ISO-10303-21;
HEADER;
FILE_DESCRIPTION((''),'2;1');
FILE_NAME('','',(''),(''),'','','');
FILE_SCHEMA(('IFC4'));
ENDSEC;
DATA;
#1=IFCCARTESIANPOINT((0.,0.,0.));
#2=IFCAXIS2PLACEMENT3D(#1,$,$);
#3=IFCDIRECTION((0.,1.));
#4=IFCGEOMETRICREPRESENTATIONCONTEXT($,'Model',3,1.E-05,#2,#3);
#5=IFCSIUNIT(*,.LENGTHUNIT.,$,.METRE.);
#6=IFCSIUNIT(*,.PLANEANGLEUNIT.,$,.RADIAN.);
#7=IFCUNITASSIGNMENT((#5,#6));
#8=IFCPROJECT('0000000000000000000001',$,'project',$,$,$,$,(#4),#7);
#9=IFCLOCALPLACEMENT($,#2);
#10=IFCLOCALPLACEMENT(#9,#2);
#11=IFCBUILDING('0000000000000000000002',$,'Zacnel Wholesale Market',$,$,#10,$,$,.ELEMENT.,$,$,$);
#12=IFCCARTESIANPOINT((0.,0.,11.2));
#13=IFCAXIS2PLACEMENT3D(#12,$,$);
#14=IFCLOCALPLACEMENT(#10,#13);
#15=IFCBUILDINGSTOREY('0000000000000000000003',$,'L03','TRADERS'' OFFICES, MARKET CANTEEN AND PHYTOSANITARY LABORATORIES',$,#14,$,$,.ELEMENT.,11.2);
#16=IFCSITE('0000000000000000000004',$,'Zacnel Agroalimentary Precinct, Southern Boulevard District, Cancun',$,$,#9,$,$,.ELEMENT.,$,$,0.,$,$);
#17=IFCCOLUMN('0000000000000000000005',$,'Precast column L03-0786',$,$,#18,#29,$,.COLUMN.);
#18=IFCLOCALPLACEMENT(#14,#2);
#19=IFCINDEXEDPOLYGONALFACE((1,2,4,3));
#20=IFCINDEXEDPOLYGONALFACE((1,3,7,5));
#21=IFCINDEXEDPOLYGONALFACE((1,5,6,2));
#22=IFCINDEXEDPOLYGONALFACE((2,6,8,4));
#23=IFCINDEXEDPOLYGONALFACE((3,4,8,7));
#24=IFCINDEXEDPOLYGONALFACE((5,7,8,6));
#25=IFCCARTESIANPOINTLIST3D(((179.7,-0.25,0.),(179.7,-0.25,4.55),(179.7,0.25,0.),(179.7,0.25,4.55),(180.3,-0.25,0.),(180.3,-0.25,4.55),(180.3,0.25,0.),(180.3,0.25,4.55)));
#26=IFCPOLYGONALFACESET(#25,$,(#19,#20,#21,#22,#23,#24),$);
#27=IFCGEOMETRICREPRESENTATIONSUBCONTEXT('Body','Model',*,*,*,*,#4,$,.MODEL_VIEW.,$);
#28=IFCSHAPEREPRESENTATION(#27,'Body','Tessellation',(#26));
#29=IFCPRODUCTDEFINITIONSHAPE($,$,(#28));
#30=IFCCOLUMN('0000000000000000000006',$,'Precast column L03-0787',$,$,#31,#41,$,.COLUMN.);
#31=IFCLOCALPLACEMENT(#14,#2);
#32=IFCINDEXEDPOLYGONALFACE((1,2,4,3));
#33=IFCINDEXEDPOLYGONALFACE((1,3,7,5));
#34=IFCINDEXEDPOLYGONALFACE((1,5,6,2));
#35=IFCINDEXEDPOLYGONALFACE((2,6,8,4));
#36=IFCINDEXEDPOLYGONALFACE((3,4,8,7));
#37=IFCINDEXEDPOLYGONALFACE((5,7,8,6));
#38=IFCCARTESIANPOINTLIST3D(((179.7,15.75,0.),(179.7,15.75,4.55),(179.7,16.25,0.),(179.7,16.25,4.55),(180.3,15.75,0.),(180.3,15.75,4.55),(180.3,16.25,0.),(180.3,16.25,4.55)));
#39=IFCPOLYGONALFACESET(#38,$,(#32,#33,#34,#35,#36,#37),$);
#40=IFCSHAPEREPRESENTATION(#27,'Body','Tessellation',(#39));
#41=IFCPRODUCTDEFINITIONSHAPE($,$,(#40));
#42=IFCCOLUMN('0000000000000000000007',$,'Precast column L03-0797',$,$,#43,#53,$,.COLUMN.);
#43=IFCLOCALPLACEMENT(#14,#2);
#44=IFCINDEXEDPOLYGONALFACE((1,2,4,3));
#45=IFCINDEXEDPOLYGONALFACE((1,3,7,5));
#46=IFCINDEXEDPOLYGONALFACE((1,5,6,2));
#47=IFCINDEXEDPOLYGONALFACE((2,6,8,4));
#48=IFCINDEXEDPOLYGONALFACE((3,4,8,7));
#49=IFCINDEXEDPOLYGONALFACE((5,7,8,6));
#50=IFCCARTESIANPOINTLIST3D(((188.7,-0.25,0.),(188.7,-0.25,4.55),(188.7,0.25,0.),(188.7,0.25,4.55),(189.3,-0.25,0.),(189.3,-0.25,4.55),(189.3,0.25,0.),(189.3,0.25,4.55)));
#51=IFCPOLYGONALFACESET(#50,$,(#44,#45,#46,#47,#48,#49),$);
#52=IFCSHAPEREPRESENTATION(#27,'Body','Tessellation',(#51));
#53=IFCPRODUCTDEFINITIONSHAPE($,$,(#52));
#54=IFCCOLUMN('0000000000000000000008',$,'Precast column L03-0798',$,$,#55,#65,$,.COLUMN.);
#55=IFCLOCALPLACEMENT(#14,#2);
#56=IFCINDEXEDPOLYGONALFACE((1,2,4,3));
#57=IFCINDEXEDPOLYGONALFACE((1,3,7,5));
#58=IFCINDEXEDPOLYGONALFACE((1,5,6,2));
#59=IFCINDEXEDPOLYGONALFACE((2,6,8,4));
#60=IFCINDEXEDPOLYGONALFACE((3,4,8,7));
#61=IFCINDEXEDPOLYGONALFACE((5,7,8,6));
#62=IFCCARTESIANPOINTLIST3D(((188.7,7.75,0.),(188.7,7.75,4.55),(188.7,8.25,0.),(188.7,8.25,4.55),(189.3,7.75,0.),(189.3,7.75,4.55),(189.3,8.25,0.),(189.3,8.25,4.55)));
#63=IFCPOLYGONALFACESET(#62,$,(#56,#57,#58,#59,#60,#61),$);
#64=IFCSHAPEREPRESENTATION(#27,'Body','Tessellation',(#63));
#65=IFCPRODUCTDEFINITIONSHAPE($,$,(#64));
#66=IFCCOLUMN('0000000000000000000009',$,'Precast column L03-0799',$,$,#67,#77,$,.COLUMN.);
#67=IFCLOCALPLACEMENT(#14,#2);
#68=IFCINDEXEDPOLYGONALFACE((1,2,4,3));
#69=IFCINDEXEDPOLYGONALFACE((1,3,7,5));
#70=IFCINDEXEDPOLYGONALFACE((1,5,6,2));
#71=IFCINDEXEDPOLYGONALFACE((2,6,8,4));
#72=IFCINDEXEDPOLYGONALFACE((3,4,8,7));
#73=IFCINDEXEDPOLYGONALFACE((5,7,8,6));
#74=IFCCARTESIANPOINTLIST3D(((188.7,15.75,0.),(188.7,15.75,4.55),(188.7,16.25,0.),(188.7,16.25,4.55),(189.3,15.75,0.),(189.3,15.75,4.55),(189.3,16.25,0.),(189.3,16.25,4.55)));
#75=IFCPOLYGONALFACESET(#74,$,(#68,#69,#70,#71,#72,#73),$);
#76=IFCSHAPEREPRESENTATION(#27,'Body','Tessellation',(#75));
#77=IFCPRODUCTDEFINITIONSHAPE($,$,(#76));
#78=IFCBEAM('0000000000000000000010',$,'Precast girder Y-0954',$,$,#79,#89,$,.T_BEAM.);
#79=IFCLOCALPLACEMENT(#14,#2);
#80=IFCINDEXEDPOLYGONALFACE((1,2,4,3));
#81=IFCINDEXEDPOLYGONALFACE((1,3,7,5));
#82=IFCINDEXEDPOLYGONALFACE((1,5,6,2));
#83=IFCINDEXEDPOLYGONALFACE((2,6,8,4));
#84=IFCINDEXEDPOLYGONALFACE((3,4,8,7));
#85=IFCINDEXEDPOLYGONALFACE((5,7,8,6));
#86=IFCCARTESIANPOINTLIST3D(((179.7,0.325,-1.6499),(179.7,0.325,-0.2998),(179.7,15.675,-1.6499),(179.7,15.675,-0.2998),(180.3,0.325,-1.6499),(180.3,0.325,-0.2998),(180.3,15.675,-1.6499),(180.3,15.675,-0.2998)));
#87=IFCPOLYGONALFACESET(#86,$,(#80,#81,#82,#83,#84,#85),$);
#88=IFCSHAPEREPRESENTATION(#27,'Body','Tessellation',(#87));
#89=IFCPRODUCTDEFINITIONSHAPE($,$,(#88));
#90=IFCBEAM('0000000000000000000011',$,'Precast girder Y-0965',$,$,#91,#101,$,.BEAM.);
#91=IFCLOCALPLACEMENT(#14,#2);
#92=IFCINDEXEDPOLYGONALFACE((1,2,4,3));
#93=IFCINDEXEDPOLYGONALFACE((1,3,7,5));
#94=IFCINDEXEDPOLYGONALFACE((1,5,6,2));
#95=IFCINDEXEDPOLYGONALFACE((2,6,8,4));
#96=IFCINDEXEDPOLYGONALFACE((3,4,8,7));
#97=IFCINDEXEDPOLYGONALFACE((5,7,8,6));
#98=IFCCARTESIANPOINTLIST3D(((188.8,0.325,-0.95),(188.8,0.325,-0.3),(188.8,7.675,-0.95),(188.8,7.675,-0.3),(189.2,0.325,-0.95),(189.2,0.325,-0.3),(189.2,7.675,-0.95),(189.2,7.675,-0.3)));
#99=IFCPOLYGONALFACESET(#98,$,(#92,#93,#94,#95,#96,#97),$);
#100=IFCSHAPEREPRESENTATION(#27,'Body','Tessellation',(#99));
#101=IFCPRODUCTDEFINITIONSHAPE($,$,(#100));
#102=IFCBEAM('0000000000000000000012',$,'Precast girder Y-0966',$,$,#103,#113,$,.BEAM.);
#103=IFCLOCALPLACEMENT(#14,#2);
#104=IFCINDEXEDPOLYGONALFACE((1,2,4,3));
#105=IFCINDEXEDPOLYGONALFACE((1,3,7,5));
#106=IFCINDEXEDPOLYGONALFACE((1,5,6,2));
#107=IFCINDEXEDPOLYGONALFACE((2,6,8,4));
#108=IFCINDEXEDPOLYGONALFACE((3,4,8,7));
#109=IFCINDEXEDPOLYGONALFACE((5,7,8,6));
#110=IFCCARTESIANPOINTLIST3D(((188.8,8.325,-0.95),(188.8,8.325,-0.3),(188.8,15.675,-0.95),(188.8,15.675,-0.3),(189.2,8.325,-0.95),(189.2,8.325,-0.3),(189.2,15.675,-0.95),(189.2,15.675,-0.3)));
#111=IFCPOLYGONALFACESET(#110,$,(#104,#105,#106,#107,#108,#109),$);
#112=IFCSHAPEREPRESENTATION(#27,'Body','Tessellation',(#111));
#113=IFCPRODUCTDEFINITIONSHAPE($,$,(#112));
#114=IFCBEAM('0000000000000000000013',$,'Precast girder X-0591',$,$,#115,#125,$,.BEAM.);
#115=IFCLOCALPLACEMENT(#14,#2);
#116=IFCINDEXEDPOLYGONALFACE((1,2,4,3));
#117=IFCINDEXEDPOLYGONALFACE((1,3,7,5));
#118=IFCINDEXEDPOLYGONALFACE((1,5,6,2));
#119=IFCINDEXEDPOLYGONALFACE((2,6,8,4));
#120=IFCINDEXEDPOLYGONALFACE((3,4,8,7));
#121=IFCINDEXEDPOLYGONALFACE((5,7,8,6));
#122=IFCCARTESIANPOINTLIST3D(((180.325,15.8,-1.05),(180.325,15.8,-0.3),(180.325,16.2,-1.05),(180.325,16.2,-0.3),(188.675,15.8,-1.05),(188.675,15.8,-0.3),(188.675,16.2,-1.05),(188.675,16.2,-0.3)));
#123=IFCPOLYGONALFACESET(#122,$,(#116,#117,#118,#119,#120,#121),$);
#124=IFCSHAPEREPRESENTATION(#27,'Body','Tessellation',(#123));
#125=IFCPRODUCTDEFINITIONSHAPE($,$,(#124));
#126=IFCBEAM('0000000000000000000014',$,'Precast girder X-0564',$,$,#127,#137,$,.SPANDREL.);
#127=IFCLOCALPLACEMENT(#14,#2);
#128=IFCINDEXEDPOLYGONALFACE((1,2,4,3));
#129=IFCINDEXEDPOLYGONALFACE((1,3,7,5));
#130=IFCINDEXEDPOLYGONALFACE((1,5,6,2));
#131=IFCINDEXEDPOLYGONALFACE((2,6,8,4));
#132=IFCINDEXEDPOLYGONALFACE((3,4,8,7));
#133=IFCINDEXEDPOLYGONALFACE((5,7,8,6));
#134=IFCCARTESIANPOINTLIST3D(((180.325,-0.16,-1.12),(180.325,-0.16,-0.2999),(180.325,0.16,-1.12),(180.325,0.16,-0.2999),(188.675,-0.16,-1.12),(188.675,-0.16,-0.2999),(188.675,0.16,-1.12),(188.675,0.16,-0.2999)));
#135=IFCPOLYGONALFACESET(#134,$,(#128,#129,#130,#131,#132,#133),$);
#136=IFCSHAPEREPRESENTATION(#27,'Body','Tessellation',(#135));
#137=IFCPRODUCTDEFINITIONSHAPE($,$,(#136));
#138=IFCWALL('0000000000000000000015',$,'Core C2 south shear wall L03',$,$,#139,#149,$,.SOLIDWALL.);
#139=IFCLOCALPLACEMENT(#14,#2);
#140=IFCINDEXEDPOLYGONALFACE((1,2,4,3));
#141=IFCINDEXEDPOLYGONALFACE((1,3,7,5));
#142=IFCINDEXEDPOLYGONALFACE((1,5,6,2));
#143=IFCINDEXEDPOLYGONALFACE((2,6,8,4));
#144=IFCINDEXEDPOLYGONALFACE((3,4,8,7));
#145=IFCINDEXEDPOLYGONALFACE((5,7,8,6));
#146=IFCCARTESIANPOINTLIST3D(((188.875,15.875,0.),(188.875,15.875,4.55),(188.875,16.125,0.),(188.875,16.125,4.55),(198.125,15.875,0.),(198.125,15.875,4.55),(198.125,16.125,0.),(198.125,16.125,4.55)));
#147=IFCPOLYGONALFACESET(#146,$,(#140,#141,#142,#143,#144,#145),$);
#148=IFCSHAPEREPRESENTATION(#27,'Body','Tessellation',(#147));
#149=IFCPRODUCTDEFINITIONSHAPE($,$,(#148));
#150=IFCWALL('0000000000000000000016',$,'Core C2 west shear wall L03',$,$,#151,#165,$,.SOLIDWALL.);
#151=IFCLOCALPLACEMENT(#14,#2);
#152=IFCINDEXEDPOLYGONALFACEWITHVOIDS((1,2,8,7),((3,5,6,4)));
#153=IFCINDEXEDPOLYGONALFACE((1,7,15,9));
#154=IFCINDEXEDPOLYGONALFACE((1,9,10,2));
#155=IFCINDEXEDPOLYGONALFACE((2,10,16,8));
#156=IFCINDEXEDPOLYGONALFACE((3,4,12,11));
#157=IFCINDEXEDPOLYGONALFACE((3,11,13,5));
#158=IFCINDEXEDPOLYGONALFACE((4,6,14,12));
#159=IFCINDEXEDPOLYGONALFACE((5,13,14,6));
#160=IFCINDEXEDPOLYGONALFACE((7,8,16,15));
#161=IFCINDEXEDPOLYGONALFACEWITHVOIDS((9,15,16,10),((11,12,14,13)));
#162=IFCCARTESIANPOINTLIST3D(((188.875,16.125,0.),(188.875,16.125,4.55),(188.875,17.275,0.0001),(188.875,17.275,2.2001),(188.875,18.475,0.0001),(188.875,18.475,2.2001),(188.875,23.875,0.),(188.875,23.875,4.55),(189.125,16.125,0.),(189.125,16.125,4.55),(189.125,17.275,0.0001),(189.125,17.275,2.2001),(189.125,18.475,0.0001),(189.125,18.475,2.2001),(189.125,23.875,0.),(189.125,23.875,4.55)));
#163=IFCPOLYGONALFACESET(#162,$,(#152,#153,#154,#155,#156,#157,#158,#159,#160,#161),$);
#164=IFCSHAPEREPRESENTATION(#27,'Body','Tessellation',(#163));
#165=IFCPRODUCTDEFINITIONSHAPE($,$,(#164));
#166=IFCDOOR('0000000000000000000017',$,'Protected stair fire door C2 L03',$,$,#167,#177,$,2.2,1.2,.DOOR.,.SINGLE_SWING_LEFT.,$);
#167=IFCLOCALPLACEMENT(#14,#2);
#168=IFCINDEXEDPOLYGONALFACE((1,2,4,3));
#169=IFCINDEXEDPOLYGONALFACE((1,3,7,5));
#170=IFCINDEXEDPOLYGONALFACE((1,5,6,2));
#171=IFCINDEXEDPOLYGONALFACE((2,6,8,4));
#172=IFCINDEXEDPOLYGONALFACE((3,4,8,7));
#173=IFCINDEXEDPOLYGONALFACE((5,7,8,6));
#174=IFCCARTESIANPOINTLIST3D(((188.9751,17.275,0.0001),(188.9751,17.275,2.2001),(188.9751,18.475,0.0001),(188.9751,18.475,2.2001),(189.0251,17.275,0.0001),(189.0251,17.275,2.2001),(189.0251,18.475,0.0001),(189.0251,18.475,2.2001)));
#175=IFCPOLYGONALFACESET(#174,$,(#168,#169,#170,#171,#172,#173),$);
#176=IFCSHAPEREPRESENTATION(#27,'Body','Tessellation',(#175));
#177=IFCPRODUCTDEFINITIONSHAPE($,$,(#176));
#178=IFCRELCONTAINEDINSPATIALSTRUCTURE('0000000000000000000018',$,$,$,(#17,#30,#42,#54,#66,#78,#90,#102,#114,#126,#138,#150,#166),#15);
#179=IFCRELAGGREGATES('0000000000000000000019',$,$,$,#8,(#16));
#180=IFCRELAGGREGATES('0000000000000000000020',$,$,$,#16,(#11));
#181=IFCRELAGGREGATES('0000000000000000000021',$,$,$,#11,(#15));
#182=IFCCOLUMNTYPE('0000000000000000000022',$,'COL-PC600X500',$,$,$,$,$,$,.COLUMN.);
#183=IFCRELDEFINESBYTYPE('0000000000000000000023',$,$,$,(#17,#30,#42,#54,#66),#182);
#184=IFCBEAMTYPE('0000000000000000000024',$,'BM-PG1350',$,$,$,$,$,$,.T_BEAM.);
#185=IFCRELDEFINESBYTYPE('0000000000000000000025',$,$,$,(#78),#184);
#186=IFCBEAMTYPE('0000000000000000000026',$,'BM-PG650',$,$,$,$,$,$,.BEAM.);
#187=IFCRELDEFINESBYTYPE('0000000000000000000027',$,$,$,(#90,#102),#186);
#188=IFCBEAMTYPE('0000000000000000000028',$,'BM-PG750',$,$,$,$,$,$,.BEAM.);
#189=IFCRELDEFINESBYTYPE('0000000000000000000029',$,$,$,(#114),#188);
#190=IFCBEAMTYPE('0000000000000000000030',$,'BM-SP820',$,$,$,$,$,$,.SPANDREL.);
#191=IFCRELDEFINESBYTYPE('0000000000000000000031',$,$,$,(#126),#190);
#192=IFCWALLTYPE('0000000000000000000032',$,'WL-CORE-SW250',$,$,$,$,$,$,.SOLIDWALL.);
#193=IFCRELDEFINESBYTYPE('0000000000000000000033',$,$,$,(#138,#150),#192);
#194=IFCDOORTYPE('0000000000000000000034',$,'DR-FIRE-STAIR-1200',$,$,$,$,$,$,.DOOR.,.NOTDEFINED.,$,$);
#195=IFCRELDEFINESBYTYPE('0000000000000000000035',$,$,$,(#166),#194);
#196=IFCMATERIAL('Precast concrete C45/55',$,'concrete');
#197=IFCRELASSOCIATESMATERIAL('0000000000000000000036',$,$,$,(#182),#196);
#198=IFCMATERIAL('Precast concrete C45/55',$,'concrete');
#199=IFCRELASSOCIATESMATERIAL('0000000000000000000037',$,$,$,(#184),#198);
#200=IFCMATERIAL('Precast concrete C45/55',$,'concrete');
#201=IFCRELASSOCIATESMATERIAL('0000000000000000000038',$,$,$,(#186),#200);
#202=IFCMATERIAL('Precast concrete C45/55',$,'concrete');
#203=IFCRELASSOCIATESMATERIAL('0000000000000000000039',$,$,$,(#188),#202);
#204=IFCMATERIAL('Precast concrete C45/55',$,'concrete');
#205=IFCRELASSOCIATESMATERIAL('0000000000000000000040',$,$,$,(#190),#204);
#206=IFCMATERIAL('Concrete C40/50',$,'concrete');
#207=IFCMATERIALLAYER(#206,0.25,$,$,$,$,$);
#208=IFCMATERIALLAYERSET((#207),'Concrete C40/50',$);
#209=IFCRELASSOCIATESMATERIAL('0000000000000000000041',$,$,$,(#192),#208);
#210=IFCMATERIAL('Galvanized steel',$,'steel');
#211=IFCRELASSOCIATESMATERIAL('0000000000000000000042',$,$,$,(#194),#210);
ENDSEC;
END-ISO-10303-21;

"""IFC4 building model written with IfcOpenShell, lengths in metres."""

from ifc_helpers import new_model, si_unit, direction, frame, frame_2d, origin, origin_2d, place, context, subcontext, project, spatial, rectangle, extrude, material, layer, layer_set, material_profile, profile_set, type_object, element, fill, save


model = new_model("IFC4")

# Units and contexts
model_context = context("Model", 3, precision=1e-05, world=origin(), true_north=direction((0.0, 1.0)))
body_context = subcontext(model_context, "Body", "Model", "MODEL_VIEW")
ifc_project = project(units=[si_unit("LENGTHUNIT", "METRE"), si_unit("PLANEANGLEUNIT", "RADIAN")], contexts=[model_context])

# Site, building, storey
site_placement = place(None, origin())
site = spatial("IfcSite", under=ifc_project, at=site_placement, Name="Zacnel Agroalimentary Precinct, Southern Boulevard District, Cancun", CompositionType="ELEMENT", RefElevation=0.0)
building_placement = place(site_placement, origin())
building = spatial("IfcBuilding", under=site, at=building_placement, Name="Zacnel Wholesale Market", CompositionType="ELEMENT")
storey_placement = place(building_placement, frame((0.0, 0.0, 11.2)))
storey = spatial("IfcBuildingStorey", under=building, at=storey_placement, Name="L03", Description="TRADERS' OFFICES, MARKET CANTEEN AND PHYTOSANITARY LABORATORIES", CompositionType="ELEMENT", Elevation=11.2)

# Columns
ifc_material_1 = material(Name="Precast concrete C45/55", Category="concrete")
ifc_material_profile_1 = material_profile(ifc_material_1, rectangle(XDim=0.6001, YDim=0.5, at=origin_2d()), Name="PC 600x500")
ifc_profile_set_1 = profile_set([ifc_material_profile_1], Name="Precast concrete C45/55")
column_type = type_object("IfcColumnType", Name="COL-PC600X500", PredefinedType="COLUMN", material=ifc_profile_set_1)
for number, where, z_axis, x_axis, name in (
    (1, (180.0, 0.0, 0.0), (0.0, 0.0, 1.0), (1.0, 0.0, 0.0), "Precast column L03-0786"),
    (2, (180.0, 16.0, 0.0), (0.0, 0.0, 1.0), (1.0, 0.0, 0.0), "Precast column L03-0787"),
    (3, (189.0, 0.0, 0.0), (0.0, 0.0, 1.0), (1.0, 0.0, 0.0), "Precast column L03-0797"),
    (4, (189.0, 8.0, 0.0), (0.0, 0.0, 1.0), (1.0, 0.0, 0.0), "Precast column L03-0798"),
    (5, (189.0, 16.0, 0.0), (0.0, 0.0, 1.0), (1.0, 0.0, 0.0), "Precast column L03-0799"),
):
    element("IfcColumn", number, at=place(storey_placement, frame(where, z_axis=z_axis, x_axis=x_axis)), inside=storey, type_object=column_type, Name=name, PredefinedType="COLUMN", context=body_context, shape_type="SweptSolid", body=[
        extrude(rectangle(XDim=0.6001, YDim=0.5, at=origin_2d()), origin(), (0.0, 0.0, 1.0), 4.55),
    ])

# Beams
ifc_material_2 = material(Name="Precast concrete C45/55", Category="concrete")
ifc_material_profile_2 = material_profile(ifc_material_2, rectangle(XDim=0.6001, YDim=1.3501, at=origin_2d()), Name="PG 600x1350")
ifc_profile_set_2 = profile_set([ifc_material_profile_2], Name="Precast concrete C45/55")
beam_type_1 = type_object("IfcBeamType", Name="BM-PG1350", PredefinedType="T_BEAM", material=ifc_profile_set_2)
beam_1_placement = place(storey_placement, frame((180.0, 0.325, -0.9749), z_axis=(0.0, 1.0, 0.0), x_axis=(-1.0, 0.0, 0.0)))
element("IfcBeam", 6, at=beam_1_placement, inside=storey, type_object=beam_type_1, Name="Precast girder Y-0954", PredefinedType="T_BEAM", context=body_context, shape_type="SweptSolid", body=[
    extrude(rectangle(XDim=0.6001, YDim=1.3501, at=origin_2d()), origin(), (0.0, 0.0, 1.0), 15.3501),
])
ifc_material_3 = material(Name="Precast concrete C45/55", Category="concrete")
ifc_material_profile_3 = material_profile(ifc_material_3, rectangle(XDim=0.3999, YDim=0.6499, at=origin_2d()), Name="PG 400x650")
ifc_profile_set_3 = profile_set([ifc_material_profile_3], Name="Precast concrete C45/55")
beam_type_2 = type_object("IfcBeamType", Name="BM-PG650", PredefinedType="BEAM", material=ifc_profile_set_3)
for number, where, z_axis, x_axis, name in (
    (7, (189.0, 0.325, -0.625), (0.0, 1.0, 0.0), (-1.0, 0.0, 0.0), "Precast girder Y-0965"),
    (8, (189.0, 8.325, -0.625), (0.0, 1.0, 0.0), (-1.0, 0.0, 0.0), "Precast girder Y-0966"),
):
    element("IfcBeam", number, at=place(storey_placement, frame(where, z_axis=z_axis, x_axis=x_axis)), inside=storey, type_object=beam_type_2, Name=name, PredefinedType="BEAM", context=body_context, shape_type="SweptSolid", body=[
        extrude(rectangle(XDim=0.3999, YDim=0.6499, at=origin_2d()), origin(), (0.0, 0.0, 1.0), 7.3501),
    ])
ifc_material_4 = material(Name="Precast concrete C45/55", Category="concrete")
ifc_material_profile_4 = material_profile(ifc_material_4, rectangle(XDim=0.3999, YDim=0.75, at=origin_2d()), Name="PG 400x750")
ifc_profile_set_4 = profile_set([ifc_material_profile_4], Name="Precast concrete C45/55")
beam_type_3 = type_object("IfcBeamType", Name="BM-PG750", PredefinedType="BEAM", material=ifc_profile_set_4)
beam_2_placement = place(storey_placement, frame((180.325, 16.0, -0.675), z_axis=(1.0, 0.0, 0.0), x_axis=(0.0, 1.0, 0.0)))
element("IfcBeam", 9, at=beam_2_placement, inside=storey, type_object=beam_type_3, Name="Precast girder X-0591", PredefinedType="BEAM", context=body_context, shape_type="SweptSolid", body=[
    extrude(rectangle(XDim=0.3999, YDim=0.75, at=origin_2d()), origin(), (0.0, 0.0, 1.0), 8.3501),
])
ifc_material_5 = material(Name="Precast concrete C45/55", Category="concrete")
ifc_material_profile_5 = material_profile(ifc_material_5, rectangle(XDim=0.3201, YDim=0.8201, at=origin_2d()), Name="SP 320x820")
ifc_profile_set_5 = profile_set([ifc_material_profile_5], Name="Precast concrete C45/55")
beam_type_4 = type_object("IfcBeamType", Name="BM-SP820", PredefinedType="SPANDREL", material=ifc_profile_set_5)
beam_3_placement = place(storey_placement, frame((180.325, 0.0, -0.71), z_axis=(1.0, 0.0, 0.0), x_axis=(0.0, 1.0, 0.0)))
element("IfcBeam", 10, at=beam_3_placement, inside=storey, type_object=beam_type_4, Name="Precast girder X-0564", PredefinedType="SPANDREL", context=body_context, shape_type="SweptSolid", body=[
    extrude(rectangle(XDim=0.3201, YDim=0.8201, at=origin_2d()), origin(), (0.0, 0.0, 1.0), 8.3501),
])

# Wall
ifc_material_6 = material(Name="Concrete C40/50", Category="concrete")
ifc_layer_1 = layer(ifc_material_6, 0.25)
ifc_layer_set_1 = layer_set([ifc_layer_1], Name="Concrete C40/50")
wall_type_1 = type_object("IfcWallType", Name="WL-CORE-SW250", PredefinedType="SOLIDWALL", material=ifc_layer_set_1)
wall_1_placement = place(storey_placement, frame((188.875, 16.0, 0.0), z_axis=(0.0, 0.0, 1.0), x_axis=(1.0, 0.0, 0.0)))
element("IfcWall", 11, at=wall_1_placement, inside=storey, type_object=wall_type_1, Name="Core C2 south shear wall L03", PredefinedType="SOLIDWALL", context=body_context, shape_type="SweptSolid", body=[
    extrude(rectangle(XDim=9.25, YDim=0.25, at=frame_2d((4.625, 0.0))), origin(), (0.0, 0.0, 1.0), 4.55),
])

# Wall, opening, door
wall_2_placement = place(storey_placement, frame((189.0, 16.125, 0.0), z_axis=(0.0, 0.0, 1.0), x_axis=(0.0, 1.0, 0.0)))
wall_2 = element("IfcWall", 12, at=wall_2_placement, inside=storey, type_object=wall_type_1, Name="Core C2 west shear wall L03", PredefinedType="SOLIDWALL", context=body_context, shape_type="SweptSolid", body=[
    extrude(rectangle(XDim=7.75, YDim=0.25, at=frame_2d((3.875, 0.0))), origin(), (0.0, 0.0, 1.0), 4.55),
])
opening_1_placement = place(wall_2_placement, frame((1.1499, 0.0, 0.0)))
opening_1 = element("IfcOpeningElement", 13, at=opening_1_placement, cuts=wall_2, PredefinedType="OPENING", context=body_context, shape_type="SweptSolid", body=[
    extrude(rectangle(XDim=1.2, YDim=2.2, at=frame_2d((0.6001, 1.1001))), frame((0.0, 0.135, 0.0), z_axis=(0.0, -1.0, 0.0), x_axis=(1.0, 0.0, 0.0)), (0.0, 0.0, 1.0), 0.27),
])
ifc_material_7 = material(Name="Galvanized steel", Category="steel")
door_type_1 = type_object("IfcDoorType", Name="DR-FIRE-STAIR-1200", OperationType="NOTDEFINED", PredefinedType="DOOR", material=ifc_material_7)
door_1_placement = place(opening_1_placement, origin())
door_1 = element("IfcDoor", 14, at=door_1_placement, inside=storey, type_object=door_type_1, Name="Protected stair fire door C2 L03", OperationType="SINGLE_SWING_LEFT", OverallHeight=2.2, OverallWidth=1.2, PredefinedType="DOOR", context=body_context, shape_type="SweptSolid", body=[
    extrude(rectangle(XDim=1.2, YDim=2.2, at=frame_2d((0.6001, 1.1001))), frame((0.0, 0.0249, 0.0), z_axis=(0.0, -1.0, 0.0), x_axis=(1.0, 0.0, 0.0)), (0.0, 0.0, 1.0), 0.05),
])
fill(opening_1, door_1)

save(model, "model.ifc")
